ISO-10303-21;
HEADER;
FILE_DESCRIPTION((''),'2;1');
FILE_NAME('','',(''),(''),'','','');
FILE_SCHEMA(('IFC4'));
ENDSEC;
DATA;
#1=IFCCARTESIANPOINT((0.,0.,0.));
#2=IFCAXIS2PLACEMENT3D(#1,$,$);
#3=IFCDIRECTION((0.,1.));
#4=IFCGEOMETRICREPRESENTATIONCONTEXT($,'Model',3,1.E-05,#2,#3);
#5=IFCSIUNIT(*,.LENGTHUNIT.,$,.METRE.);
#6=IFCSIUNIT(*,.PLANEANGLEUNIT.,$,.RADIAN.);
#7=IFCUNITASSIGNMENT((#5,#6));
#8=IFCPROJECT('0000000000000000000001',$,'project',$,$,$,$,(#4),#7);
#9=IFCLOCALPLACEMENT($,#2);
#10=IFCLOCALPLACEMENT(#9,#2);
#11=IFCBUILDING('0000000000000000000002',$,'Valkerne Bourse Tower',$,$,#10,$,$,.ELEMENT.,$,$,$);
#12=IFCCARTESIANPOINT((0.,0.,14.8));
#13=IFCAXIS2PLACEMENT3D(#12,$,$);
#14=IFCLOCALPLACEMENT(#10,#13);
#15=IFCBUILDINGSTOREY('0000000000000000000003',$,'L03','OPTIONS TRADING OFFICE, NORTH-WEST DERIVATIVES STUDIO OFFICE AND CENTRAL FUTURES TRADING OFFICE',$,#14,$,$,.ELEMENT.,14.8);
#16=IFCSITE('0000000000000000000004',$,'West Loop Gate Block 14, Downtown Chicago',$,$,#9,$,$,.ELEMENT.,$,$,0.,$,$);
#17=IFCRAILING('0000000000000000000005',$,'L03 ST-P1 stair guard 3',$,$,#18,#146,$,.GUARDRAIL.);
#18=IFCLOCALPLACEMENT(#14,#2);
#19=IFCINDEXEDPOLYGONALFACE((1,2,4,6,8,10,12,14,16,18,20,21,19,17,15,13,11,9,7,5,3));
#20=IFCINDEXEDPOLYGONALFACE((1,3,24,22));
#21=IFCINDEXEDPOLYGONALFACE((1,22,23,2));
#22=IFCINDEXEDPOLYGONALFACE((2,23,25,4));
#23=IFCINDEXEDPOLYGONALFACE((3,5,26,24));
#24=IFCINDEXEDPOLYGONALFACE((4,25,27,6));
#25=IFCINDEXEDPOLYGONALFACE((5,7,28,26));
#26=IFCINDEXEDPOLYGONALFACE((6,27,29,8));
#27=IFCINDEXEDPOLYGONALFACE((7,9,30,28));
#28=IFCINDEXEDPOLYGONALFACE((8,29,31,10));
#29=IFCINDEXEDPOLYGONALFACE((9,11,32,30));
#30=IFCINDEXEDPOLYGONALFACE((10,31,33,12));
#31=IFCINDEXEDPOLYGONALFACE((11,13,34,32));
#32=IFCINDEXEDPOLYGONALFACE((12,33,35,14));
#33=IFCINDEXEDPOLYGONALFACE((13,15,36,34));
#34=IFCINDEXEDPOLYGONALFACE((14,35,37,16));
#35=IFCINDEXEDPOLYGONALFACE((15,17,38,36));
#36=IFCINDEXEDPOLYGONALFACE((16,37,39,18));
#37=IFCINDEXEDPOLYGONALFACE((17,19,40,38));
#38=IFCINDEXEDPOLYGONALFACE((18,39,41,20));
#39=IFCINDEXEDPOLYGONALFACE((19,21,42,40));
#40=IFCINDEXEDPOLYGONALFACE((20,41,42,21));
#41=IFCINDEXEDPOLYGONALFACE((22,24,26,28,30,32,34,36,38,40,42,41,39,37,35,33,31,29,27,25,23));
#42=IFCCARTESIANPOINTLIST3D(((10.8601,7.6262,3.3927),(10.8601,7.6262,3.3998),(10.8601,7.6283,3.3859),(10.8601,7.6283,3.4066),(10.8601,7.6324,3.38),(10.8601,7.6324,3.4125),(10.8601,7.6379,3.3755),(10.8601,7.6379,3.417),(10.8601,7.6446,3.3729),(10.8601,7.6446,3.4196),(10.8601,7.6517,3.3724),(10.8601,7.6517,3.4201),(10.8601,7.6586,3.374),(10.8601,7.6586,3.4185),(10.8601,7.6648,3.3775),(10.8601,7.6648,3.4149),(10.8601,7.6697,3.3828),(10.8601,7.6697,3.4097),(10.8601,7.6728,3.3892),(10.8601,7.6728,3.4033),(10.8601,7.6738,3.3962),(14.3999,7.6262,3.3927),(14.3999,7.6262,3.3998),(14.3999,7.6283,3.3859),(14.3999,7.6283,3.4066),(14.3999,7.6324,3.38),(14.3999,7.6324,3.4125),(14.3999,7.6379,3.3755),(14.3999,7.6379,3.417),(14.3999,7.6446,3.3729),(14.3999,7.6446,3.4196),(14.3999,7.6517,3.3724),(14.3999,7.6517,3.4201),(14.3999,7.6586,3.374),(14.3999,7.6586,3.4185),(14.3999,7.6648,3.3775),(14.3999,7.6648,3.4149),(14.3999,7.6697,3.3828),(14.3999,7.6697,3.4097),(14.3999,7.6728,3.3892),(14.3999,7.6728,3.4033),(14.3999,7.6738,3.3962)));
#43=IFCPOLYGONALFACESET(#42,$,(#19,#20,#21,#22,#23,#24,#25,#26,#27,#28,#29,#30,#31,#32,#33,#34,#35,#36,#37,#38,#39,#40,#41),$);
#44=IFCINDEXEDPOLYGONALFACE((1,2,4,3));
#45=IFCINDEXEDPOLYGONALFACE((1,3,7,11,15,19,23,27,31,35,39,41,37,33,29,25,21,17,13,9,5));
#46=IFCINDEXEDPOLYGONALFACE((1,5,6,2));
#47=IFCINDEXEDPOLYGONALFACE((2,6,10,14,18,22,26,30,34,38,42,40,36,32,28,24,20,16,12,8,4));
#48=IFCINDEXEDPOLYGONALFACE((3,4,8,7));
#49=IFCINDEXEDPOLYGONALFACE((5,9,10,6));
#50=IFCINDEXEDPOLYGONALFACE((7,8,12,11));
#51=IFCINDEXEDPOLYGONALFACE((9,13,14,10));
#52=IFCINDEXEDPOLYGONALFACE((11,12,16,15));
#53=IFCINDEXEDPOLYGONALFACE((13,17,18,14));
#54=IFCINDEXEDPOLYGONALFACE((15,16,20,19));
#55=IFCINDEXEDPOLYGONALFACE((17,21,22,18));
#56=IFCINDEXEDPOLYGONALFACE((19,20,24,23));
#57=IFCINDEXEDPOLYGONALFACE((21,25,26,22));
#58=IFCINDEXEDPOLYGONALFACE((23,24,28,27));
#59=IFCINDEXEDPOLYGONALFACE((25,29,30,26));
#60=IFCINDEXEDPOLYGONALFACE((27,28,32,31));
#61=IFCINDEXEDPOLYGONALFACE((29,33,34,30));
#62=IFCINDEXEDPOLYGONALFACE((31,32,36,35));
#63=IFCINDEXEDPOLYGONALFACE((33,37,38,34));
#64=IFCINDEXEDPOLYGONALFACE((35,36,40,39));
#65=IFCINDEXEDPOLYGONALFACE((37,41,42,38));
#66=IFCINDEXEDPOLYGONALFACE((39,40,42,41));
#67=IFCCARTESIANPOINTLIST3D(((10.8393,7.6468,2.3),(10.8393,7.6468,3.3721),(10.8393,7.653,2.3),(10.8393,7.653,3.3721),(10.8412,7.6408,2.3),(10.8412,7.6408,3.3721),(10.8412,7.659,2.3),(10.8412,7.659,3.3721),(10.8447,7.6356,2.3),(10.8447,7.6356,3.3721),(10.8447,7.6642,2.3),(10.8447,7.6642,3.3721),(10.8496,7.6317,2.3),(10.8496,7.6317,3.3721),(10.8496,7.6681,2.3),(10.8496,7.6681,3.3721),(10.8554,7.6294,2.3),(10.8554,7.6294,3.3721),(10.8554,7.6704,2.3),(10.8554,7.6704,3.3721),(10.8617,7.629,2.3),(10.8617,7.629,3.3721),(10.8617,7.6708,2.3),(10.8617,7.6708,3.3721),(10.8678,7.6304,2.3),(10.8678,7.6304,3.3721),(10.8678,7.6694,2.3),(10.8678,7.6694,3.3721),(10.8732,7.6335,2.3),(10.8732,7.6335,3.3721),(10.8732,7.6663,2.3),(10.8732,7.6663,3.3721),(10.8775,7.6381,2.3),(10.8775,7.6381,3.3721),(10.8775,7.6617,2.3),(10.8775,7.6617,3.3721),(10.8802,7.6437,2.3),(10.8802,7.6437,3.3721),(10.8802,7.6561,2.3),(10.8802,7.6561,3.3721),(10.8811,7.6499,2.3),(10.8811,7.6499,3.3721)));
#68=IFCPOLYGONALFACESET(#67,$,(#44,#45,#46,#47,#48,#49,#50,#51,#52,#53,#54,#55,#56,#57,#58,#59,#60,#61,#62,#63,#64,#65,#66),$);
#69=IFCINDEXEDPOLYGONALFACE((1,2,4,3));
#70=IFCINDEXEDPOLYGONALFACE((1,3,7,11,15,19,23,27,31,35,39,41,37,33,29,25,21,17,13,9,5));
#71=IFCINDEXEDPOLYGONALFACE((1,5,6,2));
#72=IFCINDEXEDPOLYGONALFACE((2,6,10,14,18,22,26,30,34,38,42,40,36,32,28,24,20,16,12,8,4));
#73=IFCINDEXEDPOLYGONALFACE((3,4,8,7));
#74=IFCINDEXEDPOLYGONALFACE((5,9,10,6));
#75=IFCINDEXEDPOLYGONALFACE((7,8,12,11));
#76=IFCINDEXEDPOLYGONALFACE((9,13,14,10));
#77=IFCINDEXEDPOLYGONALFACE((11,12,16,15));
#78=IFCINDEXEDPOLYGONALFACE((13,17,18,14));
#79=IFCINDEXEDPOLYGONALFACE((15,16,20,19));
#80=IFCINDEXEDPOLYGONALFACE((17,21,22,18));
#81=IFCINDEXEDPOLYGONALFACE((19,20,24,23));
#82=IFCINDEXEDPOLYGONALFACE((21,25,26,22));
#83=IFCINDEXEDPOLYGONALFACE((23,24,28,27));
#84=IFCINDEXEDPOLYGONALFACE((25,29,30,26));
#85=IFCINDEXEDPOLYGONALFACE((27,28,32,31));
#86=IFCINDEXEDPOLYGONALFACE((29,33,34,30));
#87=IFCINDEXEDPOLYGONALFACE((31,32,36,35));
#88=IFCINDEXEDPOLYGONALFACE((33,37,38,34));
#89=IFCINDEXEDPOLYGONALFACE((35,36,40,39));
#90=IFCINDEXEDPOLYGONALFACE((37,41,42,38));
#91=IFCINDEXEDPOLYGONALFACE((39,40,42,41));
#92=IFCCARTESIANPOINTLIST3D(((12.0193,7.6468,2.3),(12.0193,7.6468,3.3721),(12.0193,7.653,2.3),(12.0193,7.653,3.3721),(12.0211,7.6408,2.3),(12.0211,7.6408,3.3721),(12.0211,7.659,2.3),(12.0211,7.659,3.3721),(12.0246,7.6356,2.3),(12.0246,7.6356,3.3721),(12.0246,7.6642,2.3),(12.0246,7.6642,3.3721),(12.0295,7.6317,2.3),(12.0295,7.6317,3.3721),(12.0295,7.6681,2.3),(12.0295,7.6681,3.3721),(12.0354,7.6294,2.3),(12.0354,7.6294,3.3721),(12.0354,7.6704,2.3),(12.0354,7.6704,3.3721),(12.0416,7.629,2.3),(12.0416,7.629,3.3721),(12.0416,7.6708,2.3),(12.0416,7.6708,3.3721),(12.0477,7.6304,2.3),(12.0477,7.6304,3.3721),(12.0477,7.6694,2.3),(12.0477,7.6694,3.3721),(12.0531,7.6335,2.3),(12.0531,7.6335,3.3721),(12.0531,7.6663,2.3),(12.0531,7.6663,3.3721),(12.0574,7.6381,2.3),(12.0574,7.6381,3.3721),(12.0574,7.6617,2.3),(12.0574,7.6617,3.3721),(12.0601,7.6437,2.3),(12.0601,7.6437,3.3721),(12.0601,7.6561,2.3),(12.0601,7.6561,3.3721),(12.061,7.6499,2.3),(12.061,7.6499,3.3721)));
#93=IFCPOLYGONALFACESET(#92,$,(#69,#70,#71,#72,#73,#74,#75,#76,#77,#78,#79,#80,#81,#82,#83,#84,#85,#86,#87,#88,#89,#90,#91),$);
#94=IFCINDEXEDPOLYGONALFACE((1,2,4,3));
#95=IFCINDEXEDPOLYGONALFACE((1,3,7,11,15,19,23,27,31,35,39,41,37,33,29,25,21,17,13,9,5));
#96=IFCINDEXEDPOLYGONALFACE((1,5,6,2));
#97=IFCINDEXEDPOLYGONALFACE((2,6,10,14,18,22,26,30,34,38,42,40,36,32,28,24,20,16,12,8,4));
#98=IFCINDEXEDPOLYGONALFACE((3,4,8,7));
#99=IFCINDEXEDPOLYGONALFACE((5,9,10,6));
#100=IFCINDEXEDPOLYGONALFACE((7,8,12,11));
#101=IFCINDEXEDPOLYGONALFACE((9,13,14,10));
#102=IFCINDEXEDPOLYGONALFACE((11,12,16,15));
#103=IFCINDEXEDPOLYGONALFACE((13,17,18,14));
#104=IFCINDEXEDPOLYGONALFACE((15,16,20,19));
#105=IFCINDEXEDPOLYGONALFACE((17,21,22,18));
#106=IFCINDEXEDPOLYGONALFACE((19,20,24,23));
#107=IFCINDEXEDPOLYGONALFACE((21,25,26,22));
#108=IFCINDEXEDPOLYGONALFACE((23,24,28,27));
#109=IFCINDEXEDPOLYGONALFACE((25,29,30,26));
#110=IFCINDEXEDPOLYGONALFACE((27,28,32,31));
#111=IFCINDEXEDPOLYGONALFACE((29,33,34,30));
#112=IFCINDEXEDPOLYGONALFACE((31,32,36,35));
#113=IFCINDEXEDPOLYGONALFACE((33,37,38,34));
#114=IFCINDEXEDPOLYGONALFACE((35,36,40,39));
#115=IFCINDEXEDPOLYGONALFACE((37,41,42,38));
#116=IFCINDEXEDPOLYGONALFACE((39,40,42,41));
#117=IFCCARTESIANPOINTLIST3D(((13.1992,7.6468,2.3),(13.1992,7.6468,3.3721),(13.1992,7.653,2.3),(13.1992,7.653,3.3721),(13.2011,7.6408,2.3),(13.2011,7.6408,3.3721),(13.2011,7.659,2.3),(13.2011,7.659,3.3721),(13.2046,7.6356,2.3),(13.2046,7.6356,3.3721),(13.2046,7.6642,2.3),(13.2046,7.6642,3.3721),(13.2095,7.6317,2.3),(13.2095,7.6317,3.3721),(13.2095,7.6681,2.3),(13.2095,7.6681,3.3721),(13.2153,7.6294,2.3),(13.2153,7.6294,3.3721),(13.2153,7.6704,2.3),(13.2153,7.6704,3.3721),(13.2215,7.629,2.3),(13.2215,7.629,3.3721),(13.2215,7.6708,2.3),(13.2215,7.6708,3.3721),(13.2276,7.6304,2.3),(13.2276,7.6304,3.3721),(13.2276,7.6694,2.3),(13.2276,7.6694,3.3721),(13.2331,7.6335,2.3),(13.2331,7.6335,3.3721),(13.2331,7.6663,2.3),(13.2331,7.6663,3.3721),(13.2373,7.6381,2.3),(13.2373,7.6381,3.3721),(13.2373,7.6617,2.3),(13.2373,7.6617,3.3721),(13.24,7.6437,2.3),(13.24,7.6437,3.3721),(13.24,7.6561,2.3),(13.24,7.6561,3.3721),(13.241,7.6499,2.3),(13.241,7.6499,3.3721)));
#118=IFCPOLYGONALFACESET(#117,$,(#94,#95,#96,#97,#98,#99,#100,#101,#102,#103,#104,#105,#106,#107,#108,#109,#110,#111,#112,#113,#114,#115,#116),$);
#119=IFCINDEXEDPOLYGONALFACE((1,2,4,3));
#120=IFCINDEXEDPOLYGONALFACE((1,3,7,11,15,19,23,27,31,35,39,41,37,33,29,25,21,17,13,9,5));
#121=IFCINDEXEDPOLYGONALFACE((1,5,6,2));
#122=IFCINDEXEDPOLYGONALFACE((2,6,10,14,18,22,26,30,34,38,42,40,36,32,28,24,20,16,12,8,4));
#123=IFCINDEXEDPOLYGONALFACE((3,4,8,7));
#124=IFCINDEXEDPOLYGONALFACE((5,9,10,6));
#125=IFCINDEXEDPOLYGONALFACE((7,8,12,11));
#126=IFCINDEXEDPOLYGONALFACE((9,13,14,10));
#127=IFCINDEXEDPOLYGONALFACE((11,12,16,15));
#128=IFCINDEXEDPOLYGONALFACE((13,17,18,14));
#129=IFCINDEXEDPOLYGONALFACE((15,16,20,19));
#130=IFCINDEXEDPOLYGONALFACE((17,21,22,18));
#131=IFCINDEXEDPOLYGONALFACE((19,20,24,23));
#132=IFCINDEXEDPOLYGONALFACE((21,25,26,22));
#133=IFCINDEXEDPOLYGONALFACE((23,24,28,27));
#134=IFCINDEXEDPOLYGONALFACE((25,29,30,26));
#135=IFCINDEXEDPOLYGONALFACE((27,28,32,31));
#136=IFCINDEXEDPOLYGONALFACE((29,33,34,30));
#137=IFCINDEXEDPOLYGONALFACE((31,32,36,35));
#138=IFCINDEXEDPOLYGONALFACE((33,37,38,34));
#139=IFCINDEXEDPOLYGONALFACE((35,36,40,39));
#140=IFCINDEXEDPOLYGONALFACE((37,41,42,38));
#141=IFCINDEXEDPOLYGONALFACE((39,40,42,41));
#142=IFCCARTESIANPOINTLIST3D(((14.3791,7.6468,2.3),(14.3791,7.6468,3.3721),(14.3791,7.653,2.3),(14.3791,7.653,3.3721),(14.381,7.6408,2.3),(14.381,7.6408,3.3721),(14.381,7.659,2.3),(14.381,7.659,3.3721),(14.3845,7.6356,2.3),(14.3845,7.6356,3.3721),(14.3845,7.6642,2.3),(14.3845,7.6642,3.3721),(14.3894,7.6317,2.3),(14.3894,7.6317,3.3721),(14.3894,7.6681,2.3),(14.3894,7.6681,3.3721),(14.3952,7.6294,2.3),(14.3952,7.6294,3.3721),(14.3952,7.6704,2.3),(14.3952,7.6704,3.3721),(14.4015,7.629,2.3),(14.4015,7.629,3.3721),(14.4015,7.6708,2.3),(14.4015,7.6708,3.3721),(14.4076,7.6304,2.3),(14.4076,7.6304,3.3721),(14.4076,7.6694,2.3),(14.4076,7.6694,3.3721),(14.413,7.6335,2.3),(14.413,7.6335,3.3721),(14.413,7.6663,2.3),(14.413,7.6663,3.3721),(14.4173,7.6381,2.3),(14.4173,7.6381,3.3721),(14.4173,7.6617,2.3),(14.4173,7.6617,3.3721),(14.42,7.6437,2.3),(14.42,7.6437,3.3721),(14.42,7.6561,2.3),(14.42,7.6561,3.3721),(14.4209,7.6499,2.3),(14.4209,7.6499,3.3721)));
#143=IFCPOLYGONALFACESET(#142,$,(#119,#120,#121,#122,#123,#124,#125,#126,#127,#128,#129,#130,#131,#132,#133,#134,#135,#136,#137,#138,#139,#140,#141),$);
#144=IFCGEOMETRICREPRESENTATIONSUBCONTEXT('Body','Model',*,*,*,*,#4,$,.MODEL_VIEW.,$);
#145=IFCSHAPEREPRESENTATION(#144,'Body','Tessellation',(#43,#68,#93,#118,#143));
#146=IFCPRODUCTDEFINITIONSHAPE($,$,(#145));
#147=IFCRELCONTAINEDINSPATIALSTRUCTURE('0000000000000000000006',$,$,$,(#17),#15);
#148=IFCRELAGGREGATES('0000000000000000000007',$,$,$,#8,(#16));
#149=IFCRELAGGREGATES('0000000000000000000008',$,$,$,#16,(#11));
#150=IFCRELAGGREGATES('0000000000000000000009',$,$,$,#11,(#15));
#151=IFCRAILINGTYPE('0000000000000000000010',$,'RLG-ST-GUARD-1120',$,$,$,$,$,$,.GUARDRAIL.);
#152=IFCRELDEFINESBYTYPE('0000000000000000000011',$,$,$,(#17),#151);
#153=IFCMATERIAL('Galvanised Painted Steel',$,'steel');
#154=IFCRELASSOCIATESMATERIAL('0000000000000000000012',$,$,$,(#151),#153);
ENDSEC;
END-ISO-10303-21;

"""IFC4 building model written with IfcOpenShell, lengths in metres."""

from ifc_helpers import new_model, si_unit, direction, frame, origin, origin_2d, place, context, subcontext, project, spatial, circle, extrude, material, type_object, element, save


model = new_model("IFC4")

# Units and contexts
model_context = context("Model", 3, precision=1e-05, world=origin(), true_north=direction((0.0, 1.0)))
body_context = subcontext(model_context, "Body", "Model", "MODEL_VIEW")
ifc_project = project(units=[si_unit("LENGTHUNIT", "METRE"), si_unit("PLANEANGLEUNIT", "RADIAN")], contexts=[model_context])

# Site, building, storey
site_placement = place(None, origin())
site = spatial("IfcSite", under=ifc_project, at=site_placement, Name="West Loop Gate Block 14, Downtown Chicago", CompositionType="ELEMENT", RefElevation=0.0)
building_placement = place(site_placement, origin())
building = spatial("IfcBuilding", under=site, at=building_placement, Name="Valkerne Bourse Tower", CompositionType="ELEMENT")
storey_placement = place(building_placement, frame((0.0, 0.0, 14.8)))
storey = spatial("IfcBuildingStorey", under=building, at=storey_placement, Name="L03", Description="OPTIONS TRADING OFFICE, NORTH-WEST DERIVATIVES STUDIO OFFICE AND CENTRAL FUTURES TRADING OFFICE", CompositionType="ELEMENT", Elevation=14.8)

# Railing
ifc_material_1 = material(Name="Galvanised Painted Steel", Category="steel")
railing_type_1 = type_object("IfcRailingType", Name="RLG-ST-GUARD-1120", PredefinedType="GUARDRAIL", material=ifc_material_1)
railing_1_placement = place(storey_placement, frame((10.8601, 7.6499, 2.3)))
element("IfcRailing", 1, at=railing_1_placement, inside=storey, type_object=railing_type_1, Name="L03 ST-P1 stair guard 3", PredefinedType="GUARDRAIL", context=body_context, shape_type="SweptSolid", body=[
    extrude(circle(Radius=0.0239, at=origin_2d()), frame((0.0, 0.0, 1.0962), z_axis=(1.0, 0.0, 0.0), x_axis=(0.0, 1.0, 0.0)), (0.0, 0.0, 1.0), 3.5398),
    extrude(circle(Radius=0.021, at=origin_2d()), origin(), (0.0, 0.0, 1.0), 1.072),
    extrude(circle(Radius=0.021, at=origin_2d()), frame((1.1799, 0.0, 0.0)), (0.0, 0.0, 1.0), 1.072),
    extrude(circle(Radius=0.021, at=origin_2d()), frame((2.3599, 0.0, 0.0)), (0.0, 0.0, 1.0), 1.072),
    extrude(circle(Radius=0.021, at=origin_2d()), frame((3.5398, 0.0, 0.0)), (0.0, 0.0, 1.0), 1.072),
])

save(model, "model.ifc")
